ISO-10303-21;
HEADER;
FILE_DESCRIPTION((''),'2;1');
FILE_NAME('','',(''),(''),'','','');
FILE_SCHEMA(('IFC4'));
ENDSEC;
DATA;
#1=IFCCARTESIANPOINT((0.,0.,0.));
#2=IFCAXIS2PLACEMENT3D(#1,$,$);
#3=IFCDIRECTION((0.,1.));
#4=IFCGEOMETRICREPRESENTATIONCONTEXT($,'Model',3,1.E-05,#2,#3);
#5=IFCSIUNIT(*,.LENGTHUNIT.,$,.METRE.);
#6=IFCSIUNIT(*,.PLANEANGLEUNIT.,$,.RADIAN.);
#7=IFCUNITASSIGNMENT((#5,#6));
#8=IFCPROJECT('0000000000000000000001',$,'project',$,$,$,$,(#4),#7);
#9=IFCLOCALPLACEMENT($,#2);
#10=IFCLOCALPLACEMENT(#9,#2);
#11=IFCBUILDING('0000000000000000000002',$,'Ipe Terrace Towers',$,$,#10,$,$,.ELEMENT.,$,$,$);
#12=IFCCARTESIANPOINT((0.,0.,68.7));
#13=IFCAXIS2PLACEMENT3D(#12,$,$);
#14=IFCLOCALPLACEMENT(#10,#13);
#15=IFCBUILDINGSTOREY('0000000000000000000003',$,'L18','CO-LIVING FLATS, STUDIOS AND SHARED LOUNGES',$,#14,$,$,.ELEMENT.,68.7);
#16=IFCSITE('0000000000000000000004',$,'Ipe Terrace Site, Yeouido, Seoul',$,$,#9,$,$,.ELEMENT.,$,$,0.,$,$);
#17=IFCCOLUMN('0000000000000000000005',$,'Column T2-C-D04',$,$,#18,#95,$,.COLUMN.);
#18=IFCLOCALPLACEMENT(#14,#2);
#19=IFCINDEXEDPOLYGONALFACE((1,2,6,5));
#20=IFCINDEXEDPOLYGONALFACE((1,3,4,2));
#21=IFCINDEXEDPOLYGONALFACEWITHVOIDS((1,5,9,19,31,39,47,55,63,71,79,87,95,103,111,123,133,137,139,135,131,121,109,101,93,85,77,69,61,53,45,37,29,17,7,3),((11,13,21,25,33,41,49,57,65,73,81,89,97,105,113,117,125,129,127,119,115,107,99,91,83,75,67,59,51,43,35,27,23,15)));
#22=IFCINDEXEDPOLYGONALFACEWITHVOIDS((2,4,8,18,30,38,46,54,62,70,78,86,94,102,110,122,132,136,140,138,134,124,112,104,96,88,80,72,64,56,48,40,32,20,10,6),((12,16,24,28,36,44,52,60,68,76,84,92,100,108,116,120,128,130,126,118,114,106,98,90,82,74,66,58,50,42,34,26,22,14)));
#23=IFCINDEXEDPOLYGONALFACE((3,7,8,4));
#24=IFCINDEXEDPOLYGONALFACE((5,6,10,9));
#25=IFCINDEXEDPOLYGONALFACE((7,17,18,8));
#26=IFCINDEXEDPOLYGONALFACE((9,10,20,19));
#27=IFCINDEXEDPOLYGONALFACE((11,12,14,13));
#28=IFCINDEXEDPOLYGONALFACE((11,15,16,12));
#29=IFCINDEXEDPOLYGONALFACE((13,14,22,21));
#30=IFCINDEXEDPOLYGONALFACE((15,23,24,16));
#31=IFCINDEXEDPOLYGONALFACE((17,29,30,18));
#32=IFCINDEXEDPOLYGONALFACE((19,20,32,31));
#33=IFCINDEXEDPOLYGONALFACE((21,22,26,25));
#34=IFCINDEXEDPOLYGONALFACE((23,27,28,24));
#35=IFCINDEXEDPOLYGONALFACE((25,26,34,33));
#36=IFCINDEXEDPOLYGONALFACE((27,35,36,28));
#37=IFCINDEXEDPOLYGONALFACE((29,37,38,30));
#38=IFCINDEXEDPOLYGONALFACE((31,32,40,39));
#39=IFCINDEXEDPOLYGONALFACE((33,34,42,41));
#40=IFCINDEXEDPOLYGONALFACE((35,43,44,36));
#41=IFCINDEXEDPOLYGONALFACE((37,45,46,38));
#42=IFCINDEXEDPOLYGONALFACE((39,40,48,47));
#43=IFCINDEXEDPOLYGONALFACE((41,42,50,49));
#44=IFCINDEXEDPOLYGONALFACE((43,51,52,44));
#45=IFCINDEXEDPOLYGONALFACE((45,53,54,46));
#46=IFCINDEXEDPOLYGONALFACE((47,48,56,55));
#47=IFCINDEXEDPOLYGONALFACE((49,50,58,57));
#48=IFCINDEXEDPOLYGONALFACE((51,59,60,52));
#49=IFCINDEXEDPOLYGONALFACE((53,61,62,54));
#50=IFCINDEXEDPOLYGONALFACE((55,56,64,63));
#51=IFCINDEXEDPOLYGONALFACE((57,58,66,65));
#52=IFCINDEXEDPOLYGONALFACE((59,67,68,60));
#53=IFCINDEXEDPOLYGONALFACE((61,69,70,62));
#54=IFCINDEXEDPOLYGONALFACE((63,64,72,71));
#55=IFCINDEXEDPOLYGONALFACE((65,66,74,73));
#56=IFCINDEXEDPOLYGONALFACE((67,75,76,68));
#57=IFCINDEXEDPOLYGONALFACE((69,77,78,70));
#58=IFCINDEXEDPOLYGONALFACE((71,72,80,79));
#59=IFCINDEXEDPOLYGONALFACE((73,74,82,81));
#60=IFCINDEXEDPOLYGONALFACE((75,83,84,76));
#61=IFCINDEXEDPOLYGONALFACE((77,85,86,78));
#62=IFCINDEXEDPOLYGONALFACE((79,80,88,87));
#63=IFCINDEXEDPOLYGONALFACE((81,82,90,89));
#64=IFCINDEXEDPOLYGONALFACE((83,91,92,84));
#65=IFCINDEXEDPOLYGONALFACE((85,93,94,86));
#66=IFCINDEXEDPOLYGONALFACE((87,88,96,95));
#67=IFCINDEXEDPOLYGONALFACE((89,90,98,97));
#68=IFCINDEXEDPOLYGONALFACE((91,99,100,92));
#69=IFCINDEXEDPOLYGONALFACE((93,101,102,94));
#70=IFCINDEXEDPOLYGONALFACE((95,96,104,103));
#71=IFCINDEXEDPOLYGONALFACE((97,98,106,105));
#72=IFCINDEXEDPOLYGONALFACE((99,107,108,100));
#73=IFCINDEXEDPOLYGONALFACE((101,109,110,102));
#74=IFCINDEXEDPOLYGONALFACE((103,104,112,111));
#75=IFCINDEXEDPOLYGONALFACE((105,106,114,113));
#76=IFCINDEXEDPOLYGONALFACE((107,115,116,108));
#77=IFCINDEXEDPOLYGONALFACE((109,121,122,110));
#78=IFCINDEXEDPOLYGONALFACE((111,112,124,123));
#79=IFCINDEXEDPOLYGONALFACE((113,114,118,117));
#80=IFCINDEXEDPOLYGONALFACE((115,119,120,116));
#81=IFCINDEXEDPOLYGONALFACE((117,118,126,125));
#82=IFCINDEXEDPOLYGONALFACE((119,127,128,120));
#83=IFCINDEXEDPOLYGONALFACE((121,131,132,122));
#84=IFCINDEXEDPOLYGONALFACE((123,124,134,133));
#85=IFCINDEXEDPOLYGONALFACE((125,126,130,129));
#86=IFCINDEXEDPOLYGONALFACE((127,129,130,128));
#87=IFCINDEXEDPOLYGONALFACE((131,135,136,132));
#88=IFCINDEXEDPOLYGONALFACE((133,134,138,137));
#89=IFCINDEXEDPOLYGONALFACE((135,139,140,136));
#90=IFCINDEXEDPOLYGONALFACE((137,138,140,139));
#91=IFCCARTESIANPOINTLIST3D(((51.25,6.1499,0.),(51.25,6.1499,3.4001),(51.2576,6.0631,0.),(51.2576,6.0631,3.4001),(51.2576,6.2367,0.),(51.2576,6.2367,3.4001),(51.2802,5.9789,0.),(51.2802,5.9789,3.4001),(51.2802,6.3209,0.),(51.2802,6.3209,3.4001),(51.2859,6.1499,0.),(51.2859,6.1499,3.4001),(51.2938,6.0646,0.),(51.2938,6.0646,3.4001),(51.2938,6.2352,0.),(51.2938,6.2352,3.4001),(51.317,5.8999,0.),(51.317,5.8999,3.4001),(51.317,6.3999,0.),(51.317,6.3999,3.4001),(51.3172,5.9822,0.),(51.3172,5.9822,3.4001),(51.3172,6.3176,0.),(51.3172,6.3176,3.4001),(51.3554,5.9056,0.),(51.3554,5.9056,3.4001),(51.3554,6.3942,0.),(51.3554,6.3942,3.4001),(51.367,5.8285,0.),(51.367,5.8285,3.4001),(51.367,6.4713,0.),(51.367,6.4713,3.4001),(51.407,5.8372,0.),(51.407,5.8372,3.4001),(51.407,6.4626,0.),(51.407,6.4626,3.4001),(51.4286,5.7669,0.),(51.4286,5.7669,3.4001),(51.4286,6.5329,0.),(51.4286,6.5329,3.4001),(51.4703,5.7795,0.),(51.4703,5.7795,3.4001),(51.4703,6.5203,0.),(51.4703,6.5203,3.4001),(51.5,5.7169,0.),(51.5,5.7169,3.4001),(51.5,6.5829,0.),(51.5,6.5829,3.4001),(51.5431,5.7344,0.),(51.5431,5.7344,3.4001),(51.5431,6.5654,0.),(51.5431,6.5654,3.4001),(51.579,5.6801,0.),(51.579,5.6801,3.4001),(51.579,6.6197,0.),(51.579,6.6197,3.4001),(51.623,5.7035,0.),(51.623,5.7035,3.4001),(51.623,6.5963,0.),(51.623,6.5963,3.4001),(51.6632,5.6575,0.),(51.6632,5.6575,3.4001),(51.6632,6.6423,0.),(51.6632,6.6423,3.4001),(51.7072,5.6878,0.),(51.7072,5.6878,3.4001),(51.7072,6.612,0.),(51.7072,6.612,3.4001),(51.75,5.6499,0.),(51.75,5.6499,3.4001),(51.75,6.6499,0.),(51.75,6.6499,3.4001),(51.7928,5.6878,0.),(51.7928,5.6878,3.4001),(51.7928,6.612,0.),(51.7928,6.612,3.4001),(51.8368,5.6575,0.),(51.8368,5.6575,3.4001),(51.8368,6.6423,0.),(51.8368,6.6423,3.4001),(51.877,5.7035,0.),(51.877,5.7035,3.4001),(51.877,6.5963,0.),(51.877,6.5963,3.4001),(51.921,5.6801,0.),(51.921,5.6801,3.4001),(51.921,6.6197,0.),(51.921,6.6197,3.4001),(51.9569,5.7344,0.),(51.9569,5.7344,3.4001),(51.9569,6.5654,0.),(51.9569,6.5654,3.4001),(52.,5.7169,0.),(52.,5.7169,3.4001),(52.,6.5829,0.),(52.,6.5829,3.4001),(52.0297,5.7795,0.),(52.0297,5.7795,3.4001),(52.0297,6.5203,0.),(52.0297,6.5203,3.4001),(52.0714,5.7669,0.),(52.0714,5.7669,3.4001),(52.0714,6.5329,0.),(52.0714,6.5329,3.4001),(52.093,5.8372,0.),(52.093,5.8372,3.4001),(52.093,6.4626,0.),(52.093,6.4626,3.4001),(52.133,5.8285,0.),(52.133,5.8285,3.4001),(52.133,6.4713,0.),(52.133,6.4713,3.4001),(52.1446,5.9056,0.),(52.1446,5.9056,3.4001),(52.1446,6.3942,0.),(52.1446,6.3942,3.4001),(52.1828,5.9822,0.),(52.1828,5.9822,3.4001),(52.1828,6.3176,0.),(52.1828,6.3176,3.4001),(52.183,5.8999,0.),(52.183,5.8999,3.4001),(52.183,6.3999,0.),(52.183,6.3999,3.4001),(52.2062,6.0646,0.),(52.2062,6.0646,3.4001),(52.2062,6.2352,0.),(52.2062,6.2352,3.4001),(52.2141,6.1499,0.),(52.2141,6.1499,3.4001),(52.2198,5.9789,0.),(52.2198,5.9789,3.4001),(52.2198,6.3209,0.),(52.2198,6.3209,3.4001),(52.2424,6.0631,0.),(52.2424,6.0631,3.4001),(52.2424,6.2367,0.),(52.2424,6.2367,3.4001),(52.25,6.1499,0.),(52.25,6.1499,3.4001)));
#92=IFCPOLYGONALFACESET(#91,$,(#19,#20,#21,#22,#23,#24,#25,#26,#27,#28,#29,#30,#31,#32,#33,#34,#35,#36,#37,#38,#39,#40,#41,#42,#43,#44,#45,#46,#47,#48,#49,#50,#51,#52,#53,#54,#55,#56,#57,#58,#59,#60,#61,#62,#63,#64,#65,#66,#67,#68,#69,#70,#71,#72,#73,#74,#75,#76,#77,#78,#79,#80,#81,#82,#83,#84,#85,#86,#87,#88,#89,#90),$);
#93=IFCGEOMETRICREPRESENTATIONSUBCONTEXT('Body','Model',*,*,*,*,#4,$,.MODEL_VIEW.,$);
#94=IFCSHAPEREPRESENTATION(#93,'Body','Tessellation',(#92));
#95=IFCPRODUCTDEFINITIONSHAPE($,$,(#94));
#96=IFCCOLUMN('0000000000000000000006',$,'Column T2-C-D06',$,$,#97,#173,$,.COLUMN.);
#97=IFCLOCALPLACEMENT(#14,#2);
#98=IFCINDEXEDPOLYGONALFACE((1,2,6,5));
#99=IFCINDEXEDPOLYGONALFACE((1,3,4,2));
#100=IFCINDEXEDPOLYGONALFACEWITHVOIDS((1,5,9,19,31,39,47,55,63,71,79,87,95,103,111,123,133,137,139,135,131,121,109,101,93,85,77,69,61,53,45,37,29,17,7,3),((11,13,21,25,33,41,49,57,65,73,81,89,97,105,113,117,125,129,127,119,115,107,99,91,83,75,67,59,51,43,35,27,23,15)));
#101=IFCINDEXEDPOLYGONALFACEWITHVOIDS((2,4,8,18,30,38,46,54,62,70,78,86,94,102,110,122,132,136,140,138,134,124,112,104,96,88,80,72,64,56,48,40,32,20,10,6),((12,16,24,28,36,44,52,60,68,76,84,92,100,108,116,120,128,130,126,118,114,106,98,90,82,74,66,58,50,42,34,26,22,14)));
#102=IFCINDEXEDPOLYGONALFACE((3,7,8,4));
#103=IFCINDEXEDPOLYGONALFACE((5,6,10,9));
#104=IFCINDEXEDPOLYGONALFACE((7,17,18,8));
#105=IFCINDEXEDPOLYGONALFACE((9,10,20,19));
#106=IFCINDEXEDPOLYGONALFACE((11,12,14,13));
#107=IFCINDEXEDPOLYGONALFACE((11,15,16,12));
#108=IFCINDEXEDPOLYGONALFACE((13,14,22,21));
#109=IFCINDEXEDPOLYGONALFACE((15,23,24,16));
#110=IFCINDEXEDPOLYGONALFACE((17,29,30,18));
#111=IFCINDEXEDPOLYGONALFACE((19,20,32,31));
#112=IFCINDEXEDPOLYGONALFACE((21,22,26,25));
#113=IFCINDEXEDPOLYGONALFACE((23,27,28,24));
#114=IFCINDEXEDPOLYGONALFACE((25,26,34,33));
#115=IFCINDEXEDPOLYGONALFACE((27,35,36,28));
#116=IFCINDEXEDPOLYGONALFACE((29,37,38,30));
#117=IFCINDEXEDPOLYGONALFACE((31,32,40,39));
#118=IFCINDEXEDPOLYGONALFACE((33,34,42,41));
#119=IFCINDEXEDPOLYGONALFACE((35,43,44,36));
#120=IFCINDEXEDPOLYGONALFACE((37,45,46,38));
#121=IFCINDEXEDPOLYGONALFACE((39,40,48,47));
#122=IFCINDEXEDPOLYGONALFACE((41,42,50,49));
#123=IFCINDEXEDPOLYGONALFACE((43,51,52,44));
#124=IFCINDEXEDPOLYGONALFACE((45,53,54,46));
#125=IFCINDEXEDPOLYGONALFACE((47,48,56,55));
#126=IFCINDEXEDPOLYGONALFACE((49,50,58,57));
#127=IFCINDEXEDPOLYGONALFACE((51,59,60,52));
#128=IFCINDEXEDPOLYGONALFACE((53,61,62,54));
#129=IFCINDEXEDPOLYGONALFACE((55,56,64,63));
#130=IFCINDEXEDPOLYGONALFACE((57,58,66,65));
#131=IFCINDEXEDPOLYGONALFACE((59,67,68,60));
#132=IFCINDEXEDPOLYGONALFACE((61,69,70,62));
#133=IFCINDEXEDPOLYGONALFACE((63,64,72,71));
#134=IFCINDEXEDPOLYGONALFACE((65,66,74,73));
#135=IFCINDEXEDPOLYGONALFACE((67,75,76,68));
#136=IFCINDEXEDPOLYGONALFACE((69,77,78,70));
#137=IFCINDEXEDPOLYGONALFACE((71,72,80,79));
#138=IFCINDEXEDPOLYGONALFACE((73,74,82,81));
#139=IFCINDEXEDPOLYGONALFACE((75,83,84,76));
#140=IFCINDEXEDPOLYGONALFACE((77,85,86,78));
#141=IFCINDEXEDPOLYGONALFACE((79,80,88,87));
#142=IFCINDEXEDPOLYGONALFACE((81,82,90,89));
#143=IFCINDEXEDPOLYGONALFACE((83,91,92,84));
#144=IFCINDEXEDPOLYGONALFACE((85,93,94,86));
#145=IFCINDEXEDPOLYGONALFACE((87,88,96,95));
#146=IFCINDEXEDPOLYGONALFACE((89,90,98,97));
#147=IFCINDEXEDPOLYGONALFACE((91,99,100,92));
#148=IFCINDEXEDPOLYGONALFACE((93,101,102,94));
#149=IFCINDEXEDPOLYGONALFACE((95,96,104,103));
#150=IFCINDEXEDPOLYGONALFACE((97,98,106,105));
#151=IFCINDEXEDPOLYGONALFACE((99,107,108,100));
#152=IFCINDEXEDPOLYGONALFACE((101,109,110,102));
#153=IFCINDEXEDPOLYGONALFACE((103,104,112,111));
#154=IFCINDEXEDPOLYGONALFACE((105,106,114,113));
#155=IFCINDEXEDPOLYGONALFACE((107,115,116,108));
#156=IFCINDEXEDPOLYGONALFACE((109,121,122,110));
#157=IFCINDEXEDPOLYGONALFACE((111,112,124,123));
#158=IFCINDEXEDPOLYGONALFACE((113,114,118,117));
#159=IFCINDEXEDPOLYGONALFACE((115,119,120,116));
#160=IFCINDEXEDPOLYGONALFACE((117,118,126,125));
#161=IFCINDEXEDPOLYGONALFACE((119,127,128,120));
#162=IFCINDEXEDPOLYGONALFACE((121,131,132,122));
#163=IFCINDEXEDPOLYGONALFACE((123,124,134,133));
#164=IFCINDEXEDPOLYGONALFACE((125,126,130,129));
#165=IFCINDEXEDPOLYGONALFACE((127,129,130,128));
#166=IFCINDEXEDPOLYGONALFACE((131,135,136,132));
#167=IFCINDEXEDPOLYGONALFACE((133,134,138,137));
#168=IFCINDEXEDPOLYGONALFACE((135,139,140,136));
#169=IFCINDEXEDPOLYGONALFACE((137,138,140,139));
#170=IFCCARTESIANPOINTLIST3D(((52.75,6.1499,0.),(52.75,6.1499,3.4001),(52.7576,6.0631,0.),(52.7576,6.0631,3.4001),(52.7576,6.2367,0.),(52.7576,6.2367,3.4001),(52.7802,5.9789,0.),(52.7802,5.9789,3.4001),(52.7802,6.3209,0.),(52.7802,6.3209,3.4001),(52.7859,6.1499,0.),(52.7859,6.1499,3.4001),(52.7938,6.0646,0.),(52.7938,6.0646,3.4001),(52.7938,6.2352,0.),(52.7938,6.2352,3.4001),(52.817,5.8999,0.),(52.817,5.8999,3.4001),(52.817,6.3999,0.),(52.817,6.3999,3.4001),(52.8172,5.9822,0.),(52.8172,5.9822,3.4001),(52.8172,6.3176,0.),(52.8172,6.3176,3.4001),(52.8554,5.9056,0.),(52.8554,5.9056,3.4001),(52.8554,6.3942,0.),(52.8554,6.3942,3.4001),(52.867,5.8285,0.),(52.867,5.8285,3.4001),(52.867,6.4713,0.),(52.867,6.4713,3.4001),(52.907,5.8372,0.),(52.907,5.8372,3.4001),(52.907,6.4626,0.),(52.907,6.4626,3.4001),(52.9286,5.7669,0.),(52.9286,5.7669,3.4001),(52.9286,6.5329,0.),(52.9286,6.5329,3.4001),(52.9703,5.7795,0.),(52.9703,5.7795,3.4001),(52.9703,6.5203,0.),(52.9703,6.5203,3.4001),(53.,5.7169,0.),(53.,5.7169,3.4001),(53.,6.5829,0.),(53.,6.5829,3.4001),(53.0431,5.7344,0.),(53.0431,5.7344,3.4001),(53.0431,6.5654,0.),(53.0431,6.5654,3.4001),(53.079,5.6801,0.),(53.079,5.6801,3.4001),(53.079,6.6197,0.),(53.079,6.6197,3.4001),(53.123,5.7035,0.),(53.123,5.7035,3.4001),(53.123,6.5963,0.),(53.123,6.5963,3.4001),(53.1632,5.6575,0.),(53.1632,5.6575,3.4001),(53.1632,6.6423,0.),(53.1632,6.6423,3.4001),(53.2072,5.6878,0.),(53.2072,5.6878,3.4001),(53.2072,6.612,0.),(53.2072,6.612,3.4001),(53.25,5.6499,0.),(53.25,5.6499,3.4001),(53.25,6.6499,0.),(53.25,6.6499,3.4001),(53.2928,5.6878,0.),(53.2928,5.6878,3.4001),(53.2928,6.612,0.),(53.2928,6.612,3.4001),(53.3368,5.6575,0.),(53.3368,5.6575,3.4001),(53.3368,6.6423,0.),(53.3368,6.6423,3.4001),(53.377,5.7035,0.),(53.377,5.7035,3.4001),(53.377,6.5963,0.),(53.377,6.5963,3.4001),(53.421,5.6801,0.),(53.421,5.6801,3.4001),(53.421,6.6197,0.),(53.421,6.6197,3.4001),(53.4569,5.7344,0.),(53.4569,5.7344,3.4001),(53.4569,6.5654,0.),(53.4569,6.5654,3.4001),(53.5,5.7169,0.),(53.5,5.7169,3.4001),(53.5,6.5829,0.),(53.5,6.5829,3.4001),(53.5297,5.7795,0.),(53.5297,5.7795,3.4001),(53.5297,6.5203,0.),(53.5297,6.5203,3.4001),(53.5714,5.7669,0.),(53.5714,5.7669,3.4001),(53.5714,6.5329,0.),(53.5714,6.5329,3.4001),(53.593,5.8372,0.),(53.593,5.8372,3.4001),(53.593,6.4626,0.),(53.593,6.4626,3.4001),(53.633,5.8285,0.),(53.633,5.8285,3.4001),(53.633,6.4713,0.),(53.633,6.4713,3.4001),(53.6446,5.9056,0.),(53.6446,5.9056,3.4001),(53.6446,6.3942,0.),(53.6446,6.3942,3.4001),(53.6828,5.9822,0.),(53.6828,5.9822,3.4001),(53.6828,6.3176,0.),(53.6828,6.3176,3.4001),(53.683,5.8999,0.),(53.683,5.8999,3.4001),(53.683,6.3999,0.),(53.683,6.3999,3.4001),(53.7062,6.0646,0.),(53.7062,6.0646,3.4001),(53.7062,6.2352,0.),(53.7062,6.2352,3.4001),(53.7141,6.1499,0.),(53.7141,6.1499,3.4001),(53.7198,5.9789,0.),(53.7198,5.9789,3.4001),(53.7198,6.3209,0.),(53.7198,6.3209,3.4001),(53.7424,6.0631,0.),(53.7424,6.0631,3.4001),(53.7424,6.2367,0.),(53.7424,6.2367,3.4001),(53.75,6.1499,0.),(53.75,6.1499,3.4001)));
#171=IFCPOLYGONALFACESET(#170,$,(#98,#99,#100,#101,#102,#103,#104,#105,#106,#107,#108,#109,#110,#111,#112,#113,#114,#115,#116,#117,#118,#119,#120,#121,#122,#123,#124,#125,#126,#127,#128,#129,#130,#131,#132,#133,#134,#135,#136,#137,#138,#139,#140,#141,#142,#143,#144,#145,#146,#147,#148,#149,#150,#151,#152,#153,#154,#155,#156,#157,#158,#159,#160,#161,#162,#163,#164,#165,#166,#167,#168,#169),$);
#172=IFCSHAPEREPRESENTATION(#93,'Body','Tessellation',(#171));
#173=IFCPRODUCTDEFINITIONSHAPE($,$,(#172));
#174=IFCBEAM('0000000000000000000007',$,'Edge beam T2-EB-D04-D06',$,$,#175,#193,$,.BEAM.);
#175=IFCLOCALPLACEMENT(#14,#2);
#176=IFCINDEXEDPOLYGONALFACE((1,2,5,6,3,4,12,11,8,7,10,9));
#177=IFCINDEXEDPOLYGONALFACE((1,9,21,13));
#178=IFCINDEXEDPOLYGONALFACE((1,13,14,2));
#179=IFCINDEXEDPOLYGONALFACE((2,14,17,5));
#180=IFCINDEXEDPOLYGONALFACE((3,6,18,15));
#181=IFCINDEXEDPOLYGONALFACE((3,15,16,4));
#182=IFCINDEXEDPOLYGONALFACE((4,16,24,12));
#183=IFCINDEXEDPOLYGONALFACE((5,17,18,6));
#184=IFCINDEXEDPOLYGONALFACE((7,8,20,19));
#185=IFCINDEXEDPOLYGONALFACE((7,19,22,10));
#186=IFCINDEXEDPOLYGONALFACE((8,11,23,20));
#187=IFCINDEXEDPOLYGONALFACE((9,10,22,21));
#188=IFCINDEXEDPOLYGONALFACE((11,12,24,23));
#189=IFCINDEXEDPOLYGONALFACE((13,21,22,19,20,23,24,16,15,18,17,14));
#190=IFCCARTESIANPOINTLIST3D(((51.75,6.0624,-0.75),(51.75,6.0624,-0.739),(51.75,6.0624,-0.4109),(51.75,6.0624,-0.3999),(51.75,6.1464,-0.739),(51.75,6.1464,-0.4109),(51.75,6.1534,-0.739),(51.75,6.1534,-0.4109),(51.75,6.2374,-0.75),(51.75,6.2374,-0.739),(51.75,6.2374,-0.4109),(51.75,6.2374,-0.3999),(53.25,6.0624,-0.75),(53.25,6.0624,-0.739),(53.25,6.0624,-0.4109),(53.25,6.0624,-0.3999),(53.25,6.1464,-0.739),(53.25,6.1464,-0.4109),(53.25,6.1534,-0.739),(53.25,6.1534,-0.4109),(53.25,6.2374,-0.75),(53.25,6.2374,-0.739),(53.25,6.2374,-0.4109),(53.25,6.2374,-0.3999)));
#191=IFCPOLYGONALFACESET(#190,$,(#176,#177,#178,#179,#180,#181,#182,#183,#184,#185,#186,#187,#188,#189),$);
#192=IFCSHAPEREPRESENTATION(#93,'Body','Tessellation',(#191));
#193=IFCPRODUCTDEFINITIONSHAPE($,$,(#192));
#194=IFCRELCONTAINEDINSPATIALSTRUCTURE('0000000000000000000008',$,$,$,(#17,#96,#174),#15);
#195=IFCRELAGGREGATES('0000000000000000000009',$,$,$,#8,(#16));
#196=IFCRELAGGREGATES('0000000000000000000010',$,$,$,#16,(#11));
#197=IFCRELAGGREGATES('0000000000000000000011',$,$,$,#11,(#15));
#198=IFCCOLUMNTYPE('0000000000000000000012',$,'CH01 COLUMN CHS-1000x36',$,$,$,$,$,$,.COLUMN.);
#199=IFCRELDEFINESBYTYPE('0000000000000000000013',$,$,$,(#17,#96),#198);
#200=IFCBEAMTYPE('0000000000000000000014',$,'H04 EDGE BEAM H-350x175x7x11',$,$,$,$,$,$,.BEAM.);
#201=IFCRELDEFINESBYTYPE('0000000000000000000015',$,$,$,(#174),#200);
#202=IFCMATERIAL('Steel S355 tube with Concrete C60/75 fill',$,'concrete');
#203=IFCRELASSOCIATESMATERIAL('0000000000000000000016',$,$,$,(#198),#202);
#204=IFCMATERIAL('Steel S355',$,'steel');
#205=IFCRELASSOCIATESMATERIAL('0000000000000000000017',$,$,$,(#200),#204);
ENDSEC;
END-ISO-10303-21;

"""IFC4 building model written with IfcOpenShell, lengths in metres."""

from ifc_helpers import new_model, si_unit, direction, frame, origin, origin_2d, place, context, subcontext, project, spatial, hollow_circle, i_section, extrude, material, material_profile, profile_set, type_object, element, save


model = new_model("IFC4")

# Units and contexts
model_context = context("Model", 3, precision=1e-05, world=origin(), true_north=direction((0.0, 1.0)))
body_context = subcontext(model_context, "Body", "Model", "MODEL_VIEW")
ifc_project = project(units=[si_unit("LENGTHUNIT", "METRE"), si_unit("PLANEANGLEUNIT", "RADIAN")], contexts=[model_context])

# Site, building, storey
site_placement = place(None, origin())
site = spatial("IfcSite", under=ifc_project, at=site_placement, Name="Ipe Terrace Site, Yeouido, Seoul", CompositionType="ELEMENT", RefElevation=0.0)
building_placement = place(site_placement, origin())
building = spatial("IfcBuilding", under=site, at=building_placement, Name="Ipe Terrace Towers", CompositionType="ELEMENT")
storey_placement = place(building_placement, frame((0.0, 0.0, 68.7)))
storey = spatial("IfcBuildingStorey", under=building, at=storey_placement, Name="L18", Description="CO-LIVING FLATS, STUDIOS AND SHARED LOUNGES", CompositionType="ELEMENT", Elevation=68.7)

# Columns
ifc_material_1 = material(Name="Steel S355 tube with Concrete C60/75 fill", Category="concrete")
ifc_material_profile_1 = material_profile(ifc_material_1, hollow_circle(Radius=0.5, WallThickness=0.0359, at=origin_2d()), Name="CHS-1000x36")
ifc_profile_set_1 = profile_set([ifc_material_profile_1], Name="Steel S355 tube with Concrete C60/75 fill")
column_type = type_object("IfcColumnType", Name="CH01 COLUMN CHS-1000x36", PredefinedType="COLUMN", material=ifc_profile_set_1)
for number, where, z_axis, x_axis, name in (
    (1, (51.75, 6.1499, 0.0), (0.0, 0.0, 1.0), (1.0, 0.0, 0.0), "Column T2-C-D04"),
    (2, (53.25, 6.1499, 0.0), (0.0, 0.0, 1.0), (1.0, 0.0, 0.0), "Column T2-C-D06"),
):
    element("IfcColumn", number, at=place(storey_placement, frame(where, z_axis=z_axis, x_axis=x_axis)), inside=storey, type_object=column_type, Name=name, PredefinedType="COLUMN", context=body_context, shape_type="SweptSolid", body=[
        extrude(hollow_circle(Radius=0.5, WallThickness=0.0359, at=origin_2d()), origin(), (0.0, 0.0, 1.0), 3.4001),
    ])

# Beam
ifc_material_2 = material(Name="Steel S355", Category="steel")
ifc_material_profile_2 = material_profile(ifc_material_2, i_section(OverallWidth=0.175, OverallDepth=0.3501, WebThickness=0.0071, FlangeThickness=0.011, at=origin_2d()), Name="H-350x175x7x11")
ifc_profile_set_2 = profile_set([ifc_material_profile_2], Name="Steel S355")
beam_type = type_object("IfcBeamType", Name="H04 EDGE BEAM H-350x175x7x11", PredefinedType="BEAM", material=ifc_profile_set_2)
beam_placement = place(storey_placement, frame((51.75, 6.1499, -0.575), z_axis=(1.0, 0.0, 0.0), x_axis=(0.0, 1.0, 0.0)))
element("IfcBeam", 3, at=beam_placement, inside=storey, type_object=beam_type, Name="Edge beam T2-EB-D04-D06", PredefinedType="BEAM", context=body_context, shape_type="SweptSolid", body=[
    extrude(i_section(OverallWidth=0.175, OverallDepth=0.3501, WebThickness=0.0071, FlangeThickness=0.011, at=origin_2d()), origin(), (0.0, 0.0, 1.0), 1.5),
])

save(model, "model.ifc")
